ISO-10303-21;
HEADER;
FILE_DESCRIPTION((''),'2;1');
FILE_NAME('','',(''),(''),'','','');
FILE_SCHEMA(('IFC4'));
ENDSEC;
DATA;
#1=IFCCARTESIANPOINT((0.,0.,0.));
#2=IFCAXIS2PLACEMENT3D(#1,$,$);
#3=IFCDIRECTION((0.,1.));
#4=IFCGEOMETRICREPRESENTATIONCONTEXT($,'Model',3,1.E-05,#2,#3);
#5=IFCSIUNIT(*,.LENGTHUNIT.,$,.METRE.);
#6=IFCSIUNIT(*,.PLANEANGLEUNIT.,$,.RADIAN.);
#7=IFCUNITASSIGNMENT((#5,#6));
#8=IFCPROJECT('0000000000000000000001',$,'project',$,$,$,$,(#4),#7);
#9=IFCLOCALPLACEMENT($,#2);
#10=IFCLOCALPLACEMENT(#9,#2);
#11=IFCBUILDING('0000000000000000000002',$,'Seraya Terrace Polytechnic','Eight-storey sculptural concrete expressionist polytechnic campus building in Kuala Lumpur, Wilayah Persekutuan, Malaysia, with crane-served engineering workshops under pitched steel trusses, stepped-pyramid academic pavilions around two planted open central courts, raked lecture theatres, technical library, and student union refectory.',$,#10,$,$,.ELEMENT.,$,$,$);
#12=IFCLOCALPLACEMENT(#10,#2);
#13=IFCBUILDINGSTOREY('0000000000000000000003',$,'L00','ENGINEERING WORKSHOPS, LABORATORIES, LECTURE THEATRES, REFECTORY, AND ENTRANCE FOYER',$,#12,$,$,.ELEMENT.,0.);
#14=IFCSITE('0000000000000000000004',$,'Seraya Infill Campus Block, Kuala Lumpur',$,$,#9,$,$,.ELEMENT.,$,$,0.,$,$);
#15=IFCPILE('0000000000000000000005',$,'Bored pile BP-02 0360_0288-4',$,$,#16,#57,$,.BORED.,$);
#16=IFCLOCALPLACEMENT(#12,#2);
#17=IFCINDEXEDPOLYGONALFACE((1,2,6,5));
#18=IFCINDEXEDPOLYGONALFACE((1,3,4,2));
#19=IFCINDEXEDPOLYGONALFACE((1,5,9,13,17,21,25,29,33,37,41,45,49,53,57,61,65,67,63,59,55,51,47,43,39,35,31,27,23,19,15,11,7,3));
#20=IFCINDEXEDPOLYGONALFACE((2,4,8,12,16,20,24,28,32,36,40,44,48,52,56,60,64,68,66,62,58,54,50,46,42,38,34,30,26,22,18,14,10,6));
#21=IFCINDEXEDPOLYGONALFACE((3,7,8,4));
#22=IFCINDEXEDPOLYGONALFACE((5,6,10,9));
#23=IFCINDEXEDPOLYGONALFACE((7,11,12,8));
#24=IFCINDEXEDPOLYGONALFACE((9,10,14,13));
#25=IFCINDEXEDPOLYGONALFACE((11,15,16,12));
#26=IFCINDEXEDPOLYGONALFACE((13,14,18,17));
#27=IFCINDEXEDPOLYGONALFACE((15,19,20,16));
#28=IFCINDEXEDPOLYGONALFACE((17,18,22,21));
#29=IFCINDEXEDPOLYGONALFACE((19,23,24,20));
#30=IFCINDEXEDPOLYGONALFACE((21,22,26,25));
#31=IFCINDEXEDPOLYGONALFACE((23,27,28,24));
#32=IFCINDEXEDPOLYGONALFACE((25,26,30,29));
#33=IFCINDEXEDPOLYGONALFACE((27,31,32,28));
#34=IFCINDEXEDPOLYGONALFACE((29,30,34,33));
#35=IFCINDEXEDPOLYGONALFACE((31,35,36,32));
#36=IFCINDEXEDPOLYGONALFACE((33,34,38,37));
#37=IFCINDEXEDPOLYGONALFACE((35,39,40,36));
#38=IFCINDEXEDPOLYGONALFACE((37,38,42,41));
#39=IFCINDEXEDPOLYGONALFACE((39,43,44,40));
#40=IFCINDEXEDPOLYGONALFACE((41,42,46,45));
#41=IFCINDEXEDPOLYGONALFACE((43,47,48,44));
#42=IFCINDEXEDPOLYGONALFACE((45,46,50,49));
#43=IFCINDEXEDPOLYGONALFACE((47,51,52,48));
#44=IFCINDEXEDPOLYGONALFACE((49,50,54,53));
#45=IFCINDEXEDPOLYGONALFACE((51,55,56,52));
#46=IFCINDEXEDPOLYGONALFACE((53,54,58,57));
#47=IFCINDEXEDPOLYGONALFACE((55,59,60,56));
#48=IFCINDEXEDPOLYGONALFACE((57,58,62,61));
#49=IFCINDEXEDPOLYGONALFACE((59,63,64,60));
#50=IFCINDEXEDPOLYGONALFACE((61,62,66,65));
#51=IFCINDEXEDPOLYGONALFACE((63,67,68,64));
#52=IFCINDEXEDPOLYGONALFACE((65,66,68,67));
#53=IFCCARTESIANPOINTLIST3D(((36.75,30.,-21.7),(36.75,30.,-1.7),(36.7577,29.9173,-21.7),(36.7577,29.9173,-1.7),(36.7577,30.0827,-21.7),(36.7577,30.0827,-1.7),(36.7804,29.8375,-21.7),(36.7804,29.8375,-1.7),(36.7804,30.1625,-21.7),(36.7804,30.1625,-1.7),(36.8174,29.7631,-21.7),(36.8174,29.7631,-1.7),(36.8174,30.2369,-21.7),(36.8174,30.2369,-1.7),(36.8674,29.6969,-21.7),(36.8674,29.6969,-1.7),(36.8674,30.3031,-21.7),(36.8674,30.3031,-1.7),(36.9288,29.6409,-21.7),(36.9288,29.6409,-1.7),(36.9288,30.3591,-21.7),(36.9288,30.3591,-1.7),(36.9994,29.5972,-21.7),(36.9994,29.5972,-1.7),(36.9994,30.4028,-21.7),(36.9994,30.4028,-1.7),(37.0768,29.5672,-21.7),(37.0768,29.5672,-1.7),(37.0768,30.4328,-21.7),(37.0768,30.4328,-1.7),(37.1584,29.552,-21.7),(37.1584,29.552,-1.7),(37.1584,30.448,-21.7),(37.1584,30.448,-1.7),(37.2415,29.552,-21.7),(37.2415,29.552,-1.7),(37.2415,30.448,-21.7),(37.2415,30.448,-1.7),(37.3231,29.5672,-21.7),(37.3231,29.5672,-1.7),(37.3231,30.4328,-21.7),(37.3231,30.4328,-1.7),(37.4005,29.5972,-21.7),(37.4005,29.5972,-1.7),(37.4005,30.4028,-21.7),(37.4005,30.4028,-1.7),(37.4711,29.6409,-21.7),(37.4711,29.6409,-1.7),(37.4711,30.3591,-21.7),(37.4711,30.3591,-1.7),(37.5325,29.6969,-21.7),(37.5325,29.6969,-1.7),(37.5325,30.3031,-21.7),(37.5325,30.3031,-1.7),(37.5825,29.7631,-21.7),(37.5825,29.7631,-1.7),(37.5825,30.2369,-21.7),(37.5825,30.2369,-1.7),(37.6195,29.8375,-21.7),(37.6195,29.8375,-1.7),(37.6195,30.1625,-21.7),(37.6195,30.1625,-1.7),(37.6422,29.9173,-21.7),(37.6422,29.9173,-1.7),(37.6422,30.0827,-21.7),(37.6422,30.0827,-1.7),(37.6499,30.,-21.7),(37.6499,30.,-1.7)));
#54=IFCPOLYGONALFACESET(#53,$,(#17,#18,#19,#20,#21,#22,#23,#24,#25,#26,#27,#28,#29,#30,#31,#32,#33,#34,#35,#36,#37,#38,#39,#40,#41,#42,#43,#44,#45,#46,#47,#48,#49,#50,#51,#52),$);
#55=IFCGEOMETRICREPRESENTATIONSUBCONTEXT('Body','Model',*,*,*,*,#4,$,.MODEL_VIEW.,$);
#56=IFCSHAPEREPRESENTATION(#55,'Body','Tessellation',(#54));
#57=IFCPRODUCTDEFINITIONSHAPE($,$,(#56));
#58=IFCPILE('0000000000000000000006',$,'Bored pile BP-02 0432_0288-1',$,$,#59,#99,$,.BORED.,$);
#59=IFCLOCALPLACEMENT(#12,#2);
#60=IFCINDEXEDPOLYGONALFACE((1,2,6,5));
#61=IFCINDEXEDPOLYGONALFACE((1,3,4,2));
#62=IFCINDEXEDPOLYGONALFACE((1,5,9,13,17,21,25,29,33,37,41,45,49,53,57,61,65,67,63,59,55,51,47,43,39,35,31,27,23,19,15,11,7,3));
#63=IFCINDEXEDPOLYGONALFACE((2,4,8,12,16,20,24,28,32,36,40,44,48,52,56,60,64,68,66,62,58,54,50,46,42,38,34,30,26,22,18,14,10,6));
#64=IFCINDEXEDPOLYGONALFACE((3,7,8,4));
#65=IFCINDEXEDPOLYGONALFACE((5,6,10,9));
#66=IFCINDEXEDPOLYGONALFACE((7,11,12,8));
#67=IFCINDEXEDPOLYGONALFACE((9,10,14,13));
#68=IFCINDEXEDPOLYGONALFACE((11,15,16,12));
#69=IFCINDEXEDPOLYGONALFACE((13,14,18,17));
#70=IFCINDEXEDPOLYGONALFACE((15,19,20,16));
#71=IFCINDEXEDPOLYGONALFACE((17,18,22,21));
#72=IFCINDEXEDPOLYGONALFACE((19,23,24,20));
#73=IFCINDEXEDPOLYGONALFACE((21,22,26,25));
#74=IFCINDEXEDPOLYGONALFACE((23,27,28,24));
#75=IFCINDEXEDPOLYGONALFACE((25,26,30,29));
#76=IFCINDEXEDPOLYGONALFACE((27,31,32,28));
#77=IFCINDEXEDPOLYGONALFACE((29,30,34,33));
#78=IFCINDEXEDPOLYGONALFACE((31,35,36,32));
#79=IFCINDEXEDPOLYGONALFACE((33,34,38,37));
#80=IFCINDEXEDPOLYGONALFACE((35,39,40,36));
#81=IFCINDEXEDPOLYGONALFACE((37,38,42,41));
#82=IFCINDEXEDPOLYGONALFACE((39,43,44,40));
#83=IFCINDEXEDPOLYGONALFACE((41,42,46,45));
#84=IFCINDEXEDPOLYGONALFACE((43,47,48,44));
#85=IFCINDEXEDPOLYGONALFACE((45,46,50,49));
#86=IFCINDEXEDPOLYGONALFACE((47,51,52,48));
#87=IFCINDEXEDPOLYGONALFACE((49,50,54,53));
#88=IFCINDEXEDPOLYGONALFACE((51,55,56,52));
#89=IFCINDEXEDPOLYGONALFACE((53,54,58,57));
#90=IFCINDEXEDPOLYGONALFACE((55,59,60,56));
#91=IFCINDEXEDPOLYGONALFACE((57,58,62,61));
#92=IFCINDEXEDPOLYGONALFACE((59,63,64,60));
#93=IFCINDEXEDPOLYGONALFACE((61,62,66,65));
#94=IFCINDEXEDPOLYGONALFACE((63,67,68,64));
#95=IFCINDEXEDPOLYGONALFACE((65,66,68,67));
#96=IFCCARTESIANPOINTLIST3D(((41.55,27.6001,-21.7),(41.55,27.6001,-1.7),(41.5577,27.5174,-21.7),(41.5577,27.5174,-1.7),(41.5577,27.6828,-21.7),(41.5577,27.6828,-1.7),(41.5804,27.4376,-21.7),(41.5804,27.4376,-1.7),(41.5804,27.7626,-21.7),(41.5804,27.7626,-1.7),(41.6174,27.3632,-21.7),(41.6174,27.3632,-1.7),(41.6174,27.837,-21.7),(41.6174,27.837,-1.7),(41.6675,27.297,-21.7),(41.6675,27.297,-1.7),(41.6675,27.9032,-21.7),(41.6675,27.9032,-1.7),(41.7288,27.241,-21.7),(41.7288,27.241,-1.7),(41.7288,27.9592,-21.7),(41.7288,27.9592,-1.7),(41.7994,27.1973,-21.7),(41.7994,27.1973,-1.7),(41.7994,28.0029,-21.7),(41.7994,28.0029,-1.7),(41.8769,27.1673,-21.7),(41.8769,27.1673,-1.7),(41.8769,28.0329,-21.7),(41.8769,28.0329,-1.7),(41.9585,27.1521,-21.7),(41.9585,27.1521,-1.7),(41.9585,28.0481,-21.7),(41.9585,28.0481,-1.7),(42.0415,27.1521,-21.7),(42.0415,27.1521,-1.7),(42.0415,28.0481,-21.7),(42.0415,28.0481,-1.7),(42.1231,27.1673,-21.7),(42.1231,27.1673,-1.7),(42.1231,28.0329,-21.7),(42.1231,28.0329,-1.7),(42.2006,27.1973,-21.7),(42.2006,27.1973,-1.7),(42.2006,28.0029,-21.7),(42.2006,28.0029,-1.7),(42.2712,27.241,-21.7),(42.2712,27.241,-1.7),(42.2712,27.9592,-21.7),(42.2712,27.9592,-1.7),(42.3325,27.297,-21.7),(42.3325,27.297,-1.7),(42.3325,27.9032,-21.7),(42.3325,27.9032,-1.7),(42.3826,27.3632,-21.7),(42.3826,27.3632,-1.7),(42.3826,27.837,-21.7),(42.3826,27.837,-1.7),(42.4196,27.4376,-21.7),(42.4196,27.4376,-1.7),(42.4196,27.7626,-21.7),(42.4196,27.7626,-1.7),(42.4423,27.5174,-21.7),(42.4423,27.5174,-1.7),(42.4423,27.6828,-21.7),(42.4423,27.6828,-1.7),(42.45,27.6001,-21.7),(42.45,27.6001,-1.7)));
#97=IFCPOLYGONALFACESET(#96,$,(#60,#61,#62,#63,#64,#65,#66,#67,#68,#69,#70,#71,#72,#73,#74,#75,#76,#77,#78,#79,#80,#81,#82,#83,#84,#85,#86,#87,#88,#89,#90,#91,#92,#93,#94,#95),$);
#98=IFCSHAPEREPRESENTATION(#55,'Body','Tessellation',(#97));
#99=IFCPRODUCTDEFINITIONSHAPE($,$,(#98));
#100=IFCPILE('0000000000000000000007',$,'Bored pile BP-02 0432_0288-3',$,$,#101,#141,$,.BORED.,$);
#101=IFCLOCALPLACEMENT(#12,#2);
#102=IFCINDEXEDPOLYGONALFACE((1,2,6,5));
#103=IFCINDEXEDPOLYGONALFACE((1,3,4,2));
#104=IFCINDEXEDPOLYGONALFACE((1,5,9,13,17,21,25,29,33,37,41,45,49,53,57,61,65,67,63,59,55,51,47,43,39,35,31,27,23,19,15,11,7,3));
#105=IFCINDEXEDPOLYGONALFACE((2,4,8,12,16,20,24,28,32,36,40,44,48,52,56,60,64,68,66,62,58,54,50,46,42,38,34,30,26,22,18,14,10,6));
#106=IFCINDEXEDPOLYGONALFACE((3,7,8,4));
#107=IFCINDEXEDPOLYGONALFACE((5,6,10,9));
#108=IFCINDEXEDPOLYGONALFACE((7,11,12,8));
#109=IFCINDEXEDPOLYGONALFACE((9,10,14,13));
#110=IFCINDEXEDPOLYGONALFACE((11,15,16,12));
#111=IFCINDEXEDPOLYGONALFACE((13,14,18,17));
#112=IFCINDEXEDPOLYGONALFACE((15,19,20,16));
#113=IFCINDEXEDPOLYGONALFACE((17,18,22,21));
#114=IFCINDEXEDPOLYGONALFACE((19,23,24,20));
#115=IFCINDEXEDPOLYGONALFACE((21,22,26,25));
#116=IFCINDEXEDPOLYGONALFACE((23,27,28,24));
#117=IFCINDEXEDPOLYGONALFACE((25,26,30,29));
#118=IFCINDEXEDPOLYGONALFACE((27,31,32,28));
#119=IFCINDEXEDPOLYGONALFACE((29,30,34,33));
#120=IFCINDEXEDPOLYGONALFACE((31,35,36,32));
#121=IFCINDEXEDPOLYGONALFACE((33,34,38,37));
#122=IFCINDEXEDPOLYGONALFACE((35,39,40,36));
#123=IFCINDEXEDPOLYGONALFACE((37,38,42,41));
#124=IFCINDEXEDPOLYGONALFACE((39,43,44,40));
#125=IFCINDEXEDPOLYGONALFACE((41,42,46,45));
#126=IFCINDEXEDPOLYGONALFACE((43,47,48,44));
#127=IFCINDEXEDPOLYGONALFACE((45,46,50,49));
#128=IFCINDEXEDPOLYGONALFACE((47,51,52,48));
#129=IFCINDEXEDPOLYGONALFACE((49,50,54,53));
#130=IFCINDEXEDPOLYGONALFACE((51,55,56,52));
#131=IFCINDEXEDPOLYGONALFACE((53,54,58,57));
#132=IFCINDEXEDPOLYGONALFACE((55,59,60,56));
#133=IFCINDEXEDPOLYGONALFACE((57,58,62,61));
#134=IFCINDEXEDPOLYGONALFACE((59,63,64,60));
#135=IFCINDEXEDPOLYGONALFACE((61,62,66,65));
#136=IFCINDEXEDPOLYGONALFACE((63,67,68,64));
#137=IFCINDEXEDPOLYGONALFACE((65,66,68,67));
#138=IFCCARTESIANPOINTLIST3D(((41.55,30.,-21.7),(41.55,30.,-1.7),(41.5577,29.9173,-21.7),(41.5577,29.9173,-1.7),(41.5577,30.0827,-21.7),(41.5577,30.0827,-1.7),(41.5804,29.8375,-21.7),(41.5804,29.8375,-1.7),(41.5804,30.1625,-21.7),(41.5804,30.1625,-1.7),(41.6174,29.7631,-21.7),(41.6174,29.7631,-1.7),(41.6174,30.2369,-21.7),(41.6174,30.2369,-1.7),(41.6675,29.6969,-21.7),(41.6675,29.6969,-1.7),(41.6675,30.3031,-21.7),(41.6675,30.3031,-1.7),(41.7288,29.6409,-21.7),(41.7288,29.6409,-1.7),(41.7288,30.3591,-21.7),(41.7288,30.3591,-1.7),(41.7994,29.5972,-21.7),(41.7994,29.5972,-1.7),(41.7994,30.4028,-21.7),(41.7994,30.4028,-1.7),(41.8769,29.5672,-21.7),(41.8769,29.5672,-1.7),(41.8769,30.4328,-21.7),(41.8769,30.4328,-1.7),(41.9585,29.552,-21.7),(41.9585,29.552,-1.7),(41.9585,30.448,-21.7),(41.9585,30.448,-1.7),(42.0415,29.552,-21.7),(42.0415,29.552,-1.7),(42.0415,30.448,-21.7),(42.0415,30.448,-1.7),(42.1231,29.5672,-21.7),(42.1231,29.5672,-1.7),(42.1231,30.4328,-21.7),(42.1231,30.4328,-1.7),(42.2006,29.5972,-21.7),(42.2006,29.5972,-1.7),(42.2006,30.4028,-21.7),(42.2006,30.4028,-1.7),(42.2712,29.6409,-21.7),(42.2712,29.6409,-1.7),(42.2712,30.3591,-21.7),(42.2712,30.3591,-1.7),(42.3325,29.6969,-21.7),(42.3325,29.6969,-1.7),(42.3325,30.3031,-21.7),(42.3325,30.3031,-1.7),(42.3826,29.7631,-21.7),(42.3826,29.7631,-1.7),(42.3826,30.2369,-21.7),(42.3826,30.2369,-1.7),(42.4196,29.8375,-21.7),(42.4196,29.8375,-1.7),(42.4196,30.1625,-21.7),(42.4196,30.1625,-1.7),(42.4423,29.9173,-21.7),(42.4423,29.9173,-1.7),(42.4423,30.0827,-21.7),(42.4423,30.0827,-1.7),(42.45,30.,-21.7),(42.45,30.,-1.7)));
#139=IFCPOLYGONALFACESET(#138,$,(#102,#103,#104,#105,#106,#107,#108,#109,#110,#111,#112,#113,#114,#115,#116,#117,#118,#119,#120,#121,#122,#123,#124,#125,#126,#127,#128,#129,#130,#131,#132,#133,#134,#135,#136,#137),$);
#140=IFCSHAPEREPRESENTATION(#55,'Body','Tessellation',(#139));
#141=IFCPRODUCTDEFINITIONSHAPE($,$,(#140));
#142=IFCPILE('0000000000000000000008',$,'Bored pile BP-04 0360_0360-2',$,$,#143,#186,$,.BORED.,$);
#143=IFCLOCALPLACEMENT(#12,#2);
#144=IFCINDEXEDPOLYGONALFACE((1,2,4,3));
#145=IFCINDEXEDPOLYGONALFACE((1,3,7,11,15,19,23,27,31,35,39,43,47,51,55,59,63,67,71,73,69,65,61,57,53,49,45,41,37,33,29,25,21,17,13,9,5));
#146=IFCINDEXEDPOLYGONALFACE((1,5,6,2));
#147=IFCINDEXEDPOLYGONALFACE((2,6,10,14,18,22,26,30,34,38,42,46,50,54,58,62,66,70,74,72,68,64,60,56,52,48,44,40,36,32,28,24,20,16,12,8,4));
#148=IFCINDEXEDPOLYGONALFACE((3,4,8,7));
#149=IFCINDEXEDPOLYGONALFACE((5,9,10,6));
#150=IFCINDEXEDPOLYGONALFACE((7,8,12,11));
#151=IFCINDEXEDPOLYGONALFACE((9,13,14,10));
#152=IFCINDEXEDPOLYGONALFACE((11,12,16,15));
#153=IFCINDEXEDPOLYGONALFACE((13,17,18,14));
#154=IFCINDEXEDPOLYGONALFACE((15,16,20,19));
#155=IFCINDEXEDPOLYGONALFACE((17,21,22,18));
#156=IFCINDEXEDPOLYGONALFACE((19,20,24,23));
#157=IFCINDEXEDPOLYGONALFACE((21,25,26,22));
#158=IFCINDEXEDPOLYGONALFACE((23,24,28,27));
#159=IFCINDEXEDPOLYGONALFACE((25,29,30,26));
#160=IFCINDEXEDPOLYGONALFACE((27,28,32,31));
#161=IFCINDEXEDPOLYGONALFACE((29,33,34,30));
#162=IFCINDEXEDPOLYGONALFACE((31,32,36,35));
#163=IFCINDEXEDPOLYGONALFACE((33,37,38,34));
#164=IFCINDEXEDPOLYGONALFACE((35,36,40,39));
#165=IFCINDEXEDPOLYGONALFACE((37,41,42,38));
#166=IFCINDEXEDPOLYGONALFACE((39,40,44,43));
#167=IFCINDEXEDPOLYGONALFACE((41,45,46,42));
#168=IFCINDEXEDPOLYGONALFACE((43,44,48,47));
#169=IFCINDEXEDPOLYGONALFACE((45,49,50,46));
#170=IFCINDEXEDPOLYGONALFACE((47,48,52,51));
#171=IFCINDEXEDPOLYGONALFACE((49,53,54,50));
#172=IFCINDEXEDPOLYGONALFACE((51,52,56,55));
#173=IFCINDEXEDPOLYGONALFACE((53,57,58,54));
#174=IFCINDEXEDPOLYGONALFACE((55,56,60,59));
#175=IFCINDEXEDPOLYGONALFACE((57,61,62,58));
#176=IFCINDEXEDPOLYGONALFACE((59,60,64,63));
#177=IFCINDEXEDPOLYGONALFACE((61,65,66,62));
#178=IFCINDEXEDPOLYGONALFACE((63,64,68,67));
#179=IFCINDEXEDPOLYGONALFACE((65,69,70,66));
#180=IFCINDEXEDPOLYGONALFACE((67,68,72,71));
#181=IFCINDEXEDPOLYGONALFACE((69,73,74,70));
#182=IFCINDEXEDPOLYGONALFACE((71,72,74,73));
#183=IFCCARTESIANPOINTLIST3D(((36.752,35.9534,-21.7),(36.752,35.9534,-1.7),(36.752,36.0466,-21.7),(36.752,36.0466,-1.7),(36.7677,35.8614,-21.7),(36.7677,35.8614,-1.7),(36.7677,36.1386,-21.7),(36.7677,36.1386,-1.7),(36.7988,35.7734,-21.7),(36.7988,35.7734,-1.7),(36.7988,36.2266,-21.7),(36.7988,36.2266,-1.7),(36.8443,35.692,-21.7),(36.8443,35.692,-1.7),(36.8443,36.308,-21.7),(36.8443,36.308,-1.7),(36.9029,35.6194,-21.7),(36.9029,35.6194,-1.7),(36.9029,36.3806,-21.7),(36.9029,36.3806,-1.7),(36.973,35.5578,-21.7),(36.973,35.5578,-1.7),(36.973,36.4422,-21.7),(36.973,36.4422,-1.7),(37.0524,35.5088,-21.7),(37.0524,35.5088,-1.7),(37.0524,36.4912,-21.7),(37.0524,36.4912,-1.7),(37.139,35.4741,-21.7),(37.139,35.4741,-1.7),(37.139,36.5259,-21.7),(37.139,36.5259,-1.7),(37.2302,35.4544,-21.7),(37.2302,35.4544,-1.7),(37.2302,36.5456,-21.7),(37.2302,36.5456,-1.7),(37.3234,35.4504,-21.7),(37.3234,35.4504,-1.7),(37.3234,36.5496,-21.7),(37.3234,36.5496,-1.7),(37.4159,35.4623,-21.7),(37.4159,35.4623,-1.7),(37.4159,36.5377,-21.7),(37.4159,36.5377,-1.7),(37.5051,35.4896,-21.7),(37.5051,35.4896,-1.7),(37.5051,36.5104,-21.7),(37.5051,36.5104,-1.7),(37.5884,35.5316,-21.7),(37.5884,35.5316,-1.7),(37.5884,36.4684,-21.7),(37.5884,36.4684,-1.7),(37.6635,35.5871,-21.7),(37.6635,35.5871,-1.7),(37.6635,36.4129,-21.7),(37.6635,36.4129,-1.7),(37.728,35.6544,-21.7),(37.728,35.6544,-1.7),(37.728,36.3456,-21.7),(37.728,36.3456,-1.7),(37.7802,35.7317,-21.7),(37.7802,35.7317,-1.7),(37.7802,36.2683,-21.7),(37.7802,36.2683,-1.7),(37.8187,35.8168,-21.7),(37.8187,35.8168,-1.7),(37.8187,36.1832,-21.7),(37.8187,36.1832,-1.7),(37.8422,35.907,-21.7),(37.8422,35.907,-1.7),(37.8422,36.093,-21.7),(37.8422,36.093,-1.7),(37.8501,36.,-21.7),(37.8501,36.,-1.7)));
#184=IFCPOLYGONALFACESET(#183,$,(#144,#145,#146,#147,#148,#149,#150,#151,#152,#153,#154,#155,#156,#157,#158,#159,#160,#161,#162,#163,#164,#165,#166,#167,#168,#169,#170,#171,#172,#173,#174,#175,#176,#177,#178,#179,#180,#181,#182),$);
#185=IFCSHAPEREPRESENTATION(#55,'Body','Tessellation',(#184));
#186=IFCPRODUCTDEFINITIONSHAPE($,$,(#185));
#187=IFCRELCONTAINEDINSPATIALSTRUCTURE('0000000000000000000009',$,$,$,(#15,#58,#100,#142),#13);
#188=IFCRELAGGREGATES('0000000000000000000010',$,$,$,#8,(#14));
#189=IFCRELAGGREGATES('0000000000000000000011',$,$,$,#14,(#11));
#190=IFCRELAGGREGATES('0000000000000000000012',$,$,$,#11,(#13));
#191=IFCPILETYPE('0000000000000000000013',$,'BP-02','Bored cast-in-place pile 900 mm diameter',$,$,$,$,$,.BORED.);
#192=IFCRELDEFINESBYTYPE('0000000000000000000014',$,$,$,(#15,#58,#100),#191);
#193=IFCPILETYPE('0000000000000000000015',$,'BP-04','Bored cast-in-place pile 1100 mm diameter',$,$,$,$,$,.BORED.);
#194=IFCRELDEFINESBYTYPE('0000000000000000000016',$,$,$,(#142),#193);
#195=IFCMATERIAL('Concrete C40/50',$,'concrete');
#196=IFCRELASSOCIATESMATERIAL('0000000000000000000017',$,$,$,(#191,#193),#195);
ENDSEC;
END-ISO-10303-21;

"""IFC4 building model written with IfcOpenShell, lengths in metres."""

from ifc_helpers import new_model, si_unit, direction, frame, origin, origin_2d, place, context, subcontext, project, spatial, circle, extrude, material, material_profile, profile_set, type_object, element, save


model = new_model("IFC4")

# Units and contexts
model_context = context("Model", 3, precision=1e-05, world=origin(), true_north=direction((0.0, 1.0)))
body_context = subcontext(model_context, "Body", "Model", "MODEL_VIEW")
ifc_project = project(units=[si_unit("LENGTHUNIT", "METRE"), si_unit("PLANEANGLEUNIT", "RADIAN")], contexts=[model_context])

# Site, building, storey
site_placement = place(None, origin())
site = spatial("IfcSite", under=ifc_project, at=site_placement, Name="Seraya Infill Campus Block, Kuala Lumpur", CompositionType="ELEMENT", RefElevation=0.0)
building_placement = place(site_placement, origin())
building = spatial("IfcBuilding", under=site, at=building_placement, Name="Seraya Terrace Polytechnic", Description="Eight-storey sculptural concrete expressionist polytechnic campus building in Kuala Lumpur, Wilayah Persekutuan, Malaysia, with crane-served engineering workshops under pitched steel trusses, stepped-pyramid academic pavilions around two planted open central courts, raked lecture theatres, technical library, and student union refectory.", CompositionType="ELEMENT")
storey_placement = place(building_placement, origin())
storey = spatial("IfcBuildingStorey", under=building, at=storey_placement, Name="L00", Description="ENGINEERING WORKSHOPS, LABORATORIES, LECTURE THEATRES, REFECTORY, AND ENTRANCE FOYER", CompositionType="ELEMENT", Elevation=0.0)

# Piles
ifc_material_1 = material(Name="Concrete C40/50", Category="concrete")
ifc_material_profile_1 = material_profile(ifc_material_1, circle(Radius=0.45, at=origin_2d()), Name="DIA 900")
ifc_profile_set_1 = profile_set([ifc_material_profile_1], Name="Concrete C40/50")
pile_type_1 = type_object("IfcPileType", Name="BP-02", Description="Bored cast-in-place pile 900 mm diameter", PredefinedType="BORED", material=ifc_profile_set_1)
for number, where, z_axis, x_axis, name in (
    (1, (37.2, 30.0, -1.7), (0.0, 0.0, -1.0), (1.0, 0.0, 0.0), "Bored pile BP-02 0360_0288-4"),
    (2, (42.0, 27.6001, -1.7), (0.0, 0.0, -1.0), (1.0, 0.0, 0.0), "Bored pile BP-02 0432_0288-1"),
    (3, (42.0, 30.0, -1.7), (0.0, 0.0, -1.0), (1.0, 0.0, 0.0), "Bored pile BP-02 0432_0288-3"),
):
    element("IfcPile", number, at=place(storey_placement, frame(where, z_axis=z_axis, x_axis=x_axis)), inside=storey, type_object=pile_type_1, Name=name, PredefinedType="BORED", context=body_context, shape_type="SweptSolid", body=[
        extrude(circle(Radius=0.45, at=origin_2d()), origin(), (0.0, 0.0, 1.0), 20.0),
    ])
ifc_material_profile_2 = material_profile(ifc_material_1, circle(Radius=0.55, at=origin_2d()), Name="DIA 1100")
ifc_profile_set_2 = profile_set([ifc_material_profile_2], Name="Concrete C40/50")
pile_type_2 = type_object("IfcPileType", Name="BP-04", Description="Bored cast-in-place pile 1100 mm diameter", PredefinedType="BORED", material=ifc_profile_set_2)
for number, where, z_axis, x_axis, name in (
    (4, (37.3, 36.0, -1.7), (0.0, 0.0, -1.0), (1.0, 0.0, 0.0), "Bored pile BP-04 0360_0360-2"),
):
    element("IfcPile", number, at=place(storey_placement, frame(where, z_axis=z_axis, x_axis=x_axis)), inside=storey, type_object=pile_type_2, Name=name, PredefinedType="BORED", context=body_context, shape_type="SweptSolid", body=[
        extrude(circle(Radius=0.55, at=origin_2d()), origin(), (0.0, 0.0, 1.0), 20.0),
    ])

save(model, "model.ifc")
